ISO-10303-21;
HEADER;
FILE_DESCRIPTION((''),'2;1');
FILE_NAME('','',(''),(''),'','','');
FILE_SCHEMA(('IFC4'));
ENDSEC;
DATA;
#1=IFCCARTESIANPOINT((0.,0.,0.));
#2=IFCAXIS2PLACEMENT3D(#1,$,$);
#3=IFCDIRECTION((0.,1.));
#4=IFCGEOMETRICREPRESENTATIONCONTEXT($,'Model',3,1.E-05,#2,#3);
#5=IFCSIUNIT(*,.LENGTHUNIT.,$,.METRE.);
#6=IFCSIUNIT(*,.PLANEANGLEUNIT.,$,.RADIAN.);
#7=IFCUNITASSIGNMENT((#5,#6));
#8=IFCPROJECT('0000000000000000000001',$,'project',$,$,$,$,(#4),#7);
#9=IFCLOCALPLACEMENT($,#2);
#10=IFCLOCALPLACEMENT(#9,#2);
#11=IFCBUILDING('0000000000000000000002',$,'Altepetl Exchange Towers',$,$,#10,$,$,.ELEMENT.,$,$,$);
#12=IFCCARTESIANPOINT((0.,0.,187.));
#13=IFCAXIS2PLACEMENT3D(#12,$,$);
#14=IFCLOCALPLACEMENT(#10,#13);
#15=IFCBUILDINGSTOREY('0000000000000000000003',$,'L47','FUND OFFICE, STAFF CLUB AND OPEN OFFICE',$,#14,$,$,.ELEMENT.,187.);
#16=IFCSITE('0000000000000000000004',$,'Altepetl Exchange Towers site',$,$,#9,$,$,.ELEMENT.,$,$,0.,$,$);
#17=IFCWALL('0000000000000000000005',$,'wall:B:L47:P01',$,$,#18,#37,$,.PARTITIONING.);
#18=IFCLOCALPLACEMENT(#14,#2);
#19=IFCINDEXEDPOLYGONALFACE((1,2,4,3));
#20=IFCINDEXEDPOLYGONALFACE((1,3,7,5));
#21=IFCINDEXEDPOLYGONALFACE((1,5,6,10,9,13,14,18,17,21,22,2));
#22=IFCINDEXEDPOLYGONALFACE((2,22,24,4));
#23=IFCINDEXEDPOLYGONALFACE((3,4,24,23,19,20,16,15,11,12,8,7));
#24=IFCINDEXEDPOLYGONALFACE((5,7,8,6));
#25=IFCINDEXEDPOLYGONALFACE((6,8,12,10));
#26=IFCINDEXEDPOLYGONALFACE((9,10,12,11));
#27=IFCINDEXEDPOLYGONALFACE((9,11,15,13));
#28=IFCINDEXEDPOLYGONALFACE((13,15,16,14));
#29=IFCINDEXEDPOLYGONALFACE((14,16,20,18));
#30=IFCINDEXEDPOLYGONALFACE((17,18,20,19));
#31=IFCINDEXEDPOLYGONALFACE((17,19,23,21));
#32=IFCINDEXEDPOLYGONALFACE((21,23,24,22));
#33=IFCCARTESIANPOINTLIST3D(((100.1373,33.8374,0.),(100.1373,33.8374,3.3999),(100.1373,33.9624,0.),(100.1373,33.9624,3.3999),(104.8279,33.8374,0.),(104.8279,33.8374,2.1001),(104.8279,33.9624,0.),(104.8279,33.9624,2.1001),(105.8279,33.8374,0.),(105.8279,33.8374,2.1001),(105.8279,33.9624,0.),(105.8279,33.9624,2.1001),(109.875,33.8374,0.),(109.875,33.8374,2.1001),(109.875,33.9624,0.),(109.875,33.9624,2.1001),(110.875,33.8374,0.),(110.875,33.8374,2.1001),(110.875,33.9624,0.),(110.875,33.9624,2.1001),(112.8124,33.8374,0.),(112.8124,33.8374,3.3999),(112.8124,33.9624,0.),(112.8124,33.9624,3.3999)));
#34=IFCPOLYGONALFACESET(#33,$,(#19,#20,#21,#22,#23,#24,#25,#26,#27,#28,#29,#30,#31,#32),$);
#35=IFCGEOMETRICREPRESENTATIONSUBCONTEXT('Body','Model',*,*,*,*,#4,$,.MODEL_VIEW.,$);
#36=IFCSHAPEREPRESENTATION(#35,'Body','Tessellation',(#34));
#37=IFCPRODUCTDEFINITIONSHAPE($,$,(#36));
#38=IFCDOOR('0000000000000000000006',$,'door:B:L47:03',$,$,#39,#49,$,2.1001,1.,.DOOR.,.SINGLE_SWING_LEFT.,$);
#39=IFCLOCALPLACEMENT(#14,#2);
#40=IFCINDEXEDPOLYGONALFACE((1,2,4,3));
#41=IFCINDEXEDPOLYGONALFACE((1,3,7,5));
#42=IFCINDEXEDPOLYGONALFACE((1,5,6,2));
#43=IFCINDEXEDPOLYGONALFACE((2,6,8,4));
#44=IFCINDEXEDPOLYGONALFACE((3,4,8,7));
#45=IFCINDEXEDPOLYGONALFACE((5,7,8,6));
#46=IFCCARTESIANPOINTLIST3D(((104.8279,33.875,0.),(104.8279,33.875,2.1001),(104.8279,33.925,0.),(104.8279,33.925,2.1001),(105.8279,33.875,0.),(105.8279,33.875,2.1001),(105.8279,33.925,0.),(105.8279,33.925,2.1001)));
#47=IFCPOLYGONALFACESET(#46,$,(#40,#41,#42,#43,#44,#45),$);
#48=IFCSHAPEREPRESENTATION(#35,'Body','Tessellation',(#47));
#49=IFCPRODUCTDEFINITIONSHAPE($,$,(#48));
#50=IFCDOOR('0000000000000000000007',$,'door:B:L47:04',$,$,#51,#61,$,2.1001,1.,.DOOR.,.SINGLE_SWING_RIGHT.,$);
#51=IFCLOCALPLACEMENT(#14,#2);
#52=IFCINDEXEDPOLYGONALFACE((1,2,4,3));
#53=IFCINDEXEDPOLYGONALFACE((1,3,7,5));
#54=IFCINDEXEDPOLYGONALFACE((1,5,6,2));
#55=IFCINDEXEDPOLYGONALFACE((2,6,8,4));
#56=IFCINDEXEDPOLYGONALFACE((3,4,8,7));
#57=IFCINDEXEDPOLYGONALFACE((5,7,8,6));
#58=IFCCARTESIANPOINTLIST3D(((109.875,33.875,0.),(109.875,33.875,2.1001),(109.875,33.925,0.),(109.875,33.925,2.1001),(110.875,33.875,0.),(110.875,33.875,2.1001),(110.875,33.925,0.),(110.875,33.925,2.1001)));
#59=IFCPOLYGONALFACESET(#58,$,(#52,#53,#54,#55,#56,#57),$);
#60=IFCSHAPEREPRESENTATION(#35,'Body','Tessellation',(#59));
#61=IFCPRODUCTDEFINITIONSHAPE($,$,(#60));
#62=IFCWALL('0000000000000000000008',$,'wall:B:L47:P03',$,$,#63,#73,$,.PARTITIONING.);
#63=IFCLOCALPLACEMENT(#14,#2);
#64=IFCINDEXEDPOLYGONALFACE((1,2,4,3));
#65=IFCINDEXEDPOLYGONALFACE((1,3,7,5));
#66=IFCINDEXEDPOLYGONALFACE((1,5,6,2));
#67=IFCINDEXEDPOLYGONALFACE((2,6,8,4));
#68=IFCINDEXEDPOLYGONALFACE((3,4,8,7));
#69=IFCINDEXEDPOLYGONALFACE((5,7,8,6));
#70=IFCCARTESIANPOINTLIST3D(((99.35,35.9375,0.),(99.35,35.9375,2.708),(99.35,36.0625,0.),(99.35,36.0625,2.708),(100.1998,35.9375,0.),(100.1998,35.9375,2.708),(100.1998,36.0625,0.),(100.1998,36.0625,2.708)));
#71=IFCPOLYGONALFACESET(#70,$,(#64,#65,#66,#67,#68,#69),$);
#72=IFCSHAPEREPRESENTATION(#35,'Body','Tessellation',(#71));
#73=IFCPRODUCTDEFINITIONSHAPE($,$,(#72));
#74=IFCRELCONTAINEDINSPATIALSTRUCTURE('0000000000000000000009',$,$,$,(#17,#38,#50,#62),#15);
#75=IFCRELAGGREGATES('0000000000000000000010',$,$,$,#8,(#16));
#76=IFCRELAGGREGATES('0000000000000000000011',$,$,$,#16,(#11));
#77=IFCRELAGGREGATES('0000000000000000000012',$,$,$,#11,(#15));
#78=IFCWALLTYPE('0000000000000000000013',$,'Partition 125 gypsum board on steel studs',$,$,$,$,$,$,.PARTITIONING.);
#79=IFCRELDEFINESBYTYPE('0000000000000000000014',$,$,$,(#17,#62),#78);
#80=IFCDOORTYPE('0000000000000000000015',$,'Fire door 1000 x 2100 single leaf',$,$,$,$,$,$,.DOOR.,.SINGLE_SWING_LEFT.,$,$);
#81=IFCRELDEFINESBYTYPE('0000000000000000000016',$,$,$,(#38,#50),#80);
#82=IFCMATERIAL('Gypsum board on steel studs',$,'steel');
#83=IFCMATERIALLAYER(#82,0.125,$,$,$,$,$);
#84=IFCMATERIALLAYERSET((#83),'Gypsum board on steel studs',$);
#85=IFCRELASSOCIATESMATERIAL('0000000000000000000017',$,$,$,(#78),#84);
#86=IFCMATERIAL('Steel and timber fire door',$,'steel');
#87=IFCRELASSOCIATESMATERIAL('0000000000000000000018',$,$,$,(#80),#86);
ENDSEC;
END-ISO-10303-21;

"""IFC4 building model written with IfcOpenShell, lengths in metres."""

from ifc_helpers import new_model, si_unit, direction, frame, frame_2d, origin, place, context, subcontext, project, spatial, rectangle, extrude, material, layer, layer_set, type_object, element, fill, save


model = new_model("IFC4")

# Units and contexts
model_context = context("Model", 3, precision=1e-05, world=origin(), true_north=direction((0.0, 1.0)))
body_context = subcontext(model_context, "Body", "Model", "MODEL_VIEW")
ifc_project = project(units=[si_unit("LENGTHUNIT", "METRE"), si_unit("PLANEANGLEUNIT", "RADIAN")], contexts=[model_context])

# Site, building, storey
site_placement = place(None, origin())
site = spatial("IfcSite", under=ifc_project, at=site_placement, Name="Altepetl Exchange Towers site", CompositionType="ELEMENT", RefElevation=0.0)
building_placement = place(site_placement, origin())
building = spatial("IfcBuilding", under=site, at=building_placement, Name="Altepetl Exchange Towers", CompositionType="ELEMENT")
storey_placement = place(building_placement, frame((0.0, 0.0, 187.0)))
storey = spatial("IfcBuildingStorey", under=building, at=storey_placement, Name="L47", Description="FUND OFFICE, STAFF CLUB AND OPEN OFFICE", CompositionType="ELEMENT", Elevation=187.0)

# Wall, openings, doors
ifc_material_1 = material(Name="Gypsum board on steel studs", Category="steel")
ifc_layer_1 = layer(ifc_material_1, 0.125)
ifc_layer_set_1 = layer_set([ifc_layer_1], Name="Gypsum board on steel studs")
wall_type = type_object("IfcWallType", Name="Partition 125 gypsum board on steel studs", PredefinedType="PARTITIONING", material=ifc_layer_set_1)
wall_1_placement = place(storey_placement, frame((100.1375, 33.8999, 0.0)))
wall_1 = element("IfcWall", 1, at=wall_1_placement, inside=storey, type_object=wall_type, Name="wall:B:L47:P01", PredefinedType="PARTITIONING", context=body_context, shape_type="SweptSolid", body=[
    extrude(rectangle(XDim=12.675, YDim=0.125, at=frame_2d((6.3374, 0.0))), origin(), (0.0, 0.0, 1.0), 3.3999),
])
opening_1_placement = place(wall_1_placement, frame((4.6904, 0.0, 0.0)))
opening_1 = element("IfcOpeningElement", 2, at=opening_1_placement, cuts=wall_1, PredefinedType="OPENING", context=body_context, shape_type="SweptSolid", body=[
    extrude(rectangle(XDim=1.0, YDim=2.1001, at=frame_2d((0.5, 1.05))), frame((0.0, 0.0725, 0.0), z_axis=(0.0, -1.0, 0.0), x_axis=(1.0, 0.0, 0.0)), (0.0, 0.0, 1.0), 0.145),
])
opening_2_placement = place(wall_1_placement, frame((9.7375, 0.0, 0.0)))
opening_2 = element("IfcOpeningElement", 3, at=opening_2_placement, cuts=wall_1, PredefinedType="OPENING", context=body_context, shape_type="SweptSolid", body=[
    extrude(rectangle(XDim=1.0, YDim=2.1001, at=frame_2d((0.5, 1.05))), frame((0.0, 0.0725, 0.0), z_axis=(0.0, -1.0, 0.0), x_axis=(1.0, 0.0, 0.0)), (0.0, 0.0, 1.0), 0.145),
])
ifc_material_2 = material(Name="Steel and timber fire door", Category="steel")
door_type = type_object("IfcDoorType", Name="Fire door 1000 x 2100 single leaf", OperationType="SINGLE_SWING_LEFT", PredefinedType="DOOR", material=ifc_material_2)
door_1_placement = place(opening_1_placement, frame((1.0, 0.0, 0.0), x_axis=(-1.0, 0.0, 0.0)))
door_1 = element("IfcDoor", 4, at=door_1_placement, inside=storey, type_object=door_type, Name="door:B:L47:03", OperationType="SINGLE_SWING_LEFT", OverallHeight=2.1001, OverallWidth=1.0, PredefinedType="DOOR", context=body_context, shape_type="SweptSolid", body=[
    extrude(rectangle(XDim=1.0, YDim=2.1001, at=frame_2d((0.5, 1.05))), frame((0.0, 0.0249, 0.0), z_axis=(0.0, -1.0, 0.0), x_axis=(1.0, 0.0, 0.0)), (0.0, 0.0, 1.0), 0.05),
])
fill(opening_1, door_1)
door_2_placement = place(opening_2_placement, frame((1.0, 0.0, 0.0), x_axis=(-1.0, 0.0, 0.0)))
door_2 = element("IfcDoor", 5, at=door_2_placement, inside=storey, type_object=door_type, Name="door:B:L47:04", OperationType="SINGLE_SWING_RIGHT", OverallHeight=2.1001, OverallWidth=1.0, PredefinedType="DOOR", context=body_context, shape_type="SweptSolid", body=[
    extrude(rectangle(XDim=1.0, YDim=2.1001, at=frame_2d((0.5, 1.05))), frame((0.0, 0.0249, 0.0), z_axis=(0.0, -1.0, 0.0), x_axis=(1.0, 0.0, 0.0)), (0.0, 0.0, 1.0), 0.05),
])
fill(opening_2, door_2)

# Wall
wall_2_placement = place(storey_placement, frame((99.3501, 36.0, 0.0)))
element("IfcWall", 6, at=wall_2_placement, inside=storey, type_object=wall_type, Name="wall:B:L47:P03", PredefinedType="PARTITIONING", context=body_context, shape_type="SweptSolid", body=[
    extrude(rectangle(XDim=0.8499, YDim=0.125, at=frame_2d((0.4248, 0.0))), origin(), (0.0, 0.0, 1.0), 2.708),
])

save(model, "model.ifc")
